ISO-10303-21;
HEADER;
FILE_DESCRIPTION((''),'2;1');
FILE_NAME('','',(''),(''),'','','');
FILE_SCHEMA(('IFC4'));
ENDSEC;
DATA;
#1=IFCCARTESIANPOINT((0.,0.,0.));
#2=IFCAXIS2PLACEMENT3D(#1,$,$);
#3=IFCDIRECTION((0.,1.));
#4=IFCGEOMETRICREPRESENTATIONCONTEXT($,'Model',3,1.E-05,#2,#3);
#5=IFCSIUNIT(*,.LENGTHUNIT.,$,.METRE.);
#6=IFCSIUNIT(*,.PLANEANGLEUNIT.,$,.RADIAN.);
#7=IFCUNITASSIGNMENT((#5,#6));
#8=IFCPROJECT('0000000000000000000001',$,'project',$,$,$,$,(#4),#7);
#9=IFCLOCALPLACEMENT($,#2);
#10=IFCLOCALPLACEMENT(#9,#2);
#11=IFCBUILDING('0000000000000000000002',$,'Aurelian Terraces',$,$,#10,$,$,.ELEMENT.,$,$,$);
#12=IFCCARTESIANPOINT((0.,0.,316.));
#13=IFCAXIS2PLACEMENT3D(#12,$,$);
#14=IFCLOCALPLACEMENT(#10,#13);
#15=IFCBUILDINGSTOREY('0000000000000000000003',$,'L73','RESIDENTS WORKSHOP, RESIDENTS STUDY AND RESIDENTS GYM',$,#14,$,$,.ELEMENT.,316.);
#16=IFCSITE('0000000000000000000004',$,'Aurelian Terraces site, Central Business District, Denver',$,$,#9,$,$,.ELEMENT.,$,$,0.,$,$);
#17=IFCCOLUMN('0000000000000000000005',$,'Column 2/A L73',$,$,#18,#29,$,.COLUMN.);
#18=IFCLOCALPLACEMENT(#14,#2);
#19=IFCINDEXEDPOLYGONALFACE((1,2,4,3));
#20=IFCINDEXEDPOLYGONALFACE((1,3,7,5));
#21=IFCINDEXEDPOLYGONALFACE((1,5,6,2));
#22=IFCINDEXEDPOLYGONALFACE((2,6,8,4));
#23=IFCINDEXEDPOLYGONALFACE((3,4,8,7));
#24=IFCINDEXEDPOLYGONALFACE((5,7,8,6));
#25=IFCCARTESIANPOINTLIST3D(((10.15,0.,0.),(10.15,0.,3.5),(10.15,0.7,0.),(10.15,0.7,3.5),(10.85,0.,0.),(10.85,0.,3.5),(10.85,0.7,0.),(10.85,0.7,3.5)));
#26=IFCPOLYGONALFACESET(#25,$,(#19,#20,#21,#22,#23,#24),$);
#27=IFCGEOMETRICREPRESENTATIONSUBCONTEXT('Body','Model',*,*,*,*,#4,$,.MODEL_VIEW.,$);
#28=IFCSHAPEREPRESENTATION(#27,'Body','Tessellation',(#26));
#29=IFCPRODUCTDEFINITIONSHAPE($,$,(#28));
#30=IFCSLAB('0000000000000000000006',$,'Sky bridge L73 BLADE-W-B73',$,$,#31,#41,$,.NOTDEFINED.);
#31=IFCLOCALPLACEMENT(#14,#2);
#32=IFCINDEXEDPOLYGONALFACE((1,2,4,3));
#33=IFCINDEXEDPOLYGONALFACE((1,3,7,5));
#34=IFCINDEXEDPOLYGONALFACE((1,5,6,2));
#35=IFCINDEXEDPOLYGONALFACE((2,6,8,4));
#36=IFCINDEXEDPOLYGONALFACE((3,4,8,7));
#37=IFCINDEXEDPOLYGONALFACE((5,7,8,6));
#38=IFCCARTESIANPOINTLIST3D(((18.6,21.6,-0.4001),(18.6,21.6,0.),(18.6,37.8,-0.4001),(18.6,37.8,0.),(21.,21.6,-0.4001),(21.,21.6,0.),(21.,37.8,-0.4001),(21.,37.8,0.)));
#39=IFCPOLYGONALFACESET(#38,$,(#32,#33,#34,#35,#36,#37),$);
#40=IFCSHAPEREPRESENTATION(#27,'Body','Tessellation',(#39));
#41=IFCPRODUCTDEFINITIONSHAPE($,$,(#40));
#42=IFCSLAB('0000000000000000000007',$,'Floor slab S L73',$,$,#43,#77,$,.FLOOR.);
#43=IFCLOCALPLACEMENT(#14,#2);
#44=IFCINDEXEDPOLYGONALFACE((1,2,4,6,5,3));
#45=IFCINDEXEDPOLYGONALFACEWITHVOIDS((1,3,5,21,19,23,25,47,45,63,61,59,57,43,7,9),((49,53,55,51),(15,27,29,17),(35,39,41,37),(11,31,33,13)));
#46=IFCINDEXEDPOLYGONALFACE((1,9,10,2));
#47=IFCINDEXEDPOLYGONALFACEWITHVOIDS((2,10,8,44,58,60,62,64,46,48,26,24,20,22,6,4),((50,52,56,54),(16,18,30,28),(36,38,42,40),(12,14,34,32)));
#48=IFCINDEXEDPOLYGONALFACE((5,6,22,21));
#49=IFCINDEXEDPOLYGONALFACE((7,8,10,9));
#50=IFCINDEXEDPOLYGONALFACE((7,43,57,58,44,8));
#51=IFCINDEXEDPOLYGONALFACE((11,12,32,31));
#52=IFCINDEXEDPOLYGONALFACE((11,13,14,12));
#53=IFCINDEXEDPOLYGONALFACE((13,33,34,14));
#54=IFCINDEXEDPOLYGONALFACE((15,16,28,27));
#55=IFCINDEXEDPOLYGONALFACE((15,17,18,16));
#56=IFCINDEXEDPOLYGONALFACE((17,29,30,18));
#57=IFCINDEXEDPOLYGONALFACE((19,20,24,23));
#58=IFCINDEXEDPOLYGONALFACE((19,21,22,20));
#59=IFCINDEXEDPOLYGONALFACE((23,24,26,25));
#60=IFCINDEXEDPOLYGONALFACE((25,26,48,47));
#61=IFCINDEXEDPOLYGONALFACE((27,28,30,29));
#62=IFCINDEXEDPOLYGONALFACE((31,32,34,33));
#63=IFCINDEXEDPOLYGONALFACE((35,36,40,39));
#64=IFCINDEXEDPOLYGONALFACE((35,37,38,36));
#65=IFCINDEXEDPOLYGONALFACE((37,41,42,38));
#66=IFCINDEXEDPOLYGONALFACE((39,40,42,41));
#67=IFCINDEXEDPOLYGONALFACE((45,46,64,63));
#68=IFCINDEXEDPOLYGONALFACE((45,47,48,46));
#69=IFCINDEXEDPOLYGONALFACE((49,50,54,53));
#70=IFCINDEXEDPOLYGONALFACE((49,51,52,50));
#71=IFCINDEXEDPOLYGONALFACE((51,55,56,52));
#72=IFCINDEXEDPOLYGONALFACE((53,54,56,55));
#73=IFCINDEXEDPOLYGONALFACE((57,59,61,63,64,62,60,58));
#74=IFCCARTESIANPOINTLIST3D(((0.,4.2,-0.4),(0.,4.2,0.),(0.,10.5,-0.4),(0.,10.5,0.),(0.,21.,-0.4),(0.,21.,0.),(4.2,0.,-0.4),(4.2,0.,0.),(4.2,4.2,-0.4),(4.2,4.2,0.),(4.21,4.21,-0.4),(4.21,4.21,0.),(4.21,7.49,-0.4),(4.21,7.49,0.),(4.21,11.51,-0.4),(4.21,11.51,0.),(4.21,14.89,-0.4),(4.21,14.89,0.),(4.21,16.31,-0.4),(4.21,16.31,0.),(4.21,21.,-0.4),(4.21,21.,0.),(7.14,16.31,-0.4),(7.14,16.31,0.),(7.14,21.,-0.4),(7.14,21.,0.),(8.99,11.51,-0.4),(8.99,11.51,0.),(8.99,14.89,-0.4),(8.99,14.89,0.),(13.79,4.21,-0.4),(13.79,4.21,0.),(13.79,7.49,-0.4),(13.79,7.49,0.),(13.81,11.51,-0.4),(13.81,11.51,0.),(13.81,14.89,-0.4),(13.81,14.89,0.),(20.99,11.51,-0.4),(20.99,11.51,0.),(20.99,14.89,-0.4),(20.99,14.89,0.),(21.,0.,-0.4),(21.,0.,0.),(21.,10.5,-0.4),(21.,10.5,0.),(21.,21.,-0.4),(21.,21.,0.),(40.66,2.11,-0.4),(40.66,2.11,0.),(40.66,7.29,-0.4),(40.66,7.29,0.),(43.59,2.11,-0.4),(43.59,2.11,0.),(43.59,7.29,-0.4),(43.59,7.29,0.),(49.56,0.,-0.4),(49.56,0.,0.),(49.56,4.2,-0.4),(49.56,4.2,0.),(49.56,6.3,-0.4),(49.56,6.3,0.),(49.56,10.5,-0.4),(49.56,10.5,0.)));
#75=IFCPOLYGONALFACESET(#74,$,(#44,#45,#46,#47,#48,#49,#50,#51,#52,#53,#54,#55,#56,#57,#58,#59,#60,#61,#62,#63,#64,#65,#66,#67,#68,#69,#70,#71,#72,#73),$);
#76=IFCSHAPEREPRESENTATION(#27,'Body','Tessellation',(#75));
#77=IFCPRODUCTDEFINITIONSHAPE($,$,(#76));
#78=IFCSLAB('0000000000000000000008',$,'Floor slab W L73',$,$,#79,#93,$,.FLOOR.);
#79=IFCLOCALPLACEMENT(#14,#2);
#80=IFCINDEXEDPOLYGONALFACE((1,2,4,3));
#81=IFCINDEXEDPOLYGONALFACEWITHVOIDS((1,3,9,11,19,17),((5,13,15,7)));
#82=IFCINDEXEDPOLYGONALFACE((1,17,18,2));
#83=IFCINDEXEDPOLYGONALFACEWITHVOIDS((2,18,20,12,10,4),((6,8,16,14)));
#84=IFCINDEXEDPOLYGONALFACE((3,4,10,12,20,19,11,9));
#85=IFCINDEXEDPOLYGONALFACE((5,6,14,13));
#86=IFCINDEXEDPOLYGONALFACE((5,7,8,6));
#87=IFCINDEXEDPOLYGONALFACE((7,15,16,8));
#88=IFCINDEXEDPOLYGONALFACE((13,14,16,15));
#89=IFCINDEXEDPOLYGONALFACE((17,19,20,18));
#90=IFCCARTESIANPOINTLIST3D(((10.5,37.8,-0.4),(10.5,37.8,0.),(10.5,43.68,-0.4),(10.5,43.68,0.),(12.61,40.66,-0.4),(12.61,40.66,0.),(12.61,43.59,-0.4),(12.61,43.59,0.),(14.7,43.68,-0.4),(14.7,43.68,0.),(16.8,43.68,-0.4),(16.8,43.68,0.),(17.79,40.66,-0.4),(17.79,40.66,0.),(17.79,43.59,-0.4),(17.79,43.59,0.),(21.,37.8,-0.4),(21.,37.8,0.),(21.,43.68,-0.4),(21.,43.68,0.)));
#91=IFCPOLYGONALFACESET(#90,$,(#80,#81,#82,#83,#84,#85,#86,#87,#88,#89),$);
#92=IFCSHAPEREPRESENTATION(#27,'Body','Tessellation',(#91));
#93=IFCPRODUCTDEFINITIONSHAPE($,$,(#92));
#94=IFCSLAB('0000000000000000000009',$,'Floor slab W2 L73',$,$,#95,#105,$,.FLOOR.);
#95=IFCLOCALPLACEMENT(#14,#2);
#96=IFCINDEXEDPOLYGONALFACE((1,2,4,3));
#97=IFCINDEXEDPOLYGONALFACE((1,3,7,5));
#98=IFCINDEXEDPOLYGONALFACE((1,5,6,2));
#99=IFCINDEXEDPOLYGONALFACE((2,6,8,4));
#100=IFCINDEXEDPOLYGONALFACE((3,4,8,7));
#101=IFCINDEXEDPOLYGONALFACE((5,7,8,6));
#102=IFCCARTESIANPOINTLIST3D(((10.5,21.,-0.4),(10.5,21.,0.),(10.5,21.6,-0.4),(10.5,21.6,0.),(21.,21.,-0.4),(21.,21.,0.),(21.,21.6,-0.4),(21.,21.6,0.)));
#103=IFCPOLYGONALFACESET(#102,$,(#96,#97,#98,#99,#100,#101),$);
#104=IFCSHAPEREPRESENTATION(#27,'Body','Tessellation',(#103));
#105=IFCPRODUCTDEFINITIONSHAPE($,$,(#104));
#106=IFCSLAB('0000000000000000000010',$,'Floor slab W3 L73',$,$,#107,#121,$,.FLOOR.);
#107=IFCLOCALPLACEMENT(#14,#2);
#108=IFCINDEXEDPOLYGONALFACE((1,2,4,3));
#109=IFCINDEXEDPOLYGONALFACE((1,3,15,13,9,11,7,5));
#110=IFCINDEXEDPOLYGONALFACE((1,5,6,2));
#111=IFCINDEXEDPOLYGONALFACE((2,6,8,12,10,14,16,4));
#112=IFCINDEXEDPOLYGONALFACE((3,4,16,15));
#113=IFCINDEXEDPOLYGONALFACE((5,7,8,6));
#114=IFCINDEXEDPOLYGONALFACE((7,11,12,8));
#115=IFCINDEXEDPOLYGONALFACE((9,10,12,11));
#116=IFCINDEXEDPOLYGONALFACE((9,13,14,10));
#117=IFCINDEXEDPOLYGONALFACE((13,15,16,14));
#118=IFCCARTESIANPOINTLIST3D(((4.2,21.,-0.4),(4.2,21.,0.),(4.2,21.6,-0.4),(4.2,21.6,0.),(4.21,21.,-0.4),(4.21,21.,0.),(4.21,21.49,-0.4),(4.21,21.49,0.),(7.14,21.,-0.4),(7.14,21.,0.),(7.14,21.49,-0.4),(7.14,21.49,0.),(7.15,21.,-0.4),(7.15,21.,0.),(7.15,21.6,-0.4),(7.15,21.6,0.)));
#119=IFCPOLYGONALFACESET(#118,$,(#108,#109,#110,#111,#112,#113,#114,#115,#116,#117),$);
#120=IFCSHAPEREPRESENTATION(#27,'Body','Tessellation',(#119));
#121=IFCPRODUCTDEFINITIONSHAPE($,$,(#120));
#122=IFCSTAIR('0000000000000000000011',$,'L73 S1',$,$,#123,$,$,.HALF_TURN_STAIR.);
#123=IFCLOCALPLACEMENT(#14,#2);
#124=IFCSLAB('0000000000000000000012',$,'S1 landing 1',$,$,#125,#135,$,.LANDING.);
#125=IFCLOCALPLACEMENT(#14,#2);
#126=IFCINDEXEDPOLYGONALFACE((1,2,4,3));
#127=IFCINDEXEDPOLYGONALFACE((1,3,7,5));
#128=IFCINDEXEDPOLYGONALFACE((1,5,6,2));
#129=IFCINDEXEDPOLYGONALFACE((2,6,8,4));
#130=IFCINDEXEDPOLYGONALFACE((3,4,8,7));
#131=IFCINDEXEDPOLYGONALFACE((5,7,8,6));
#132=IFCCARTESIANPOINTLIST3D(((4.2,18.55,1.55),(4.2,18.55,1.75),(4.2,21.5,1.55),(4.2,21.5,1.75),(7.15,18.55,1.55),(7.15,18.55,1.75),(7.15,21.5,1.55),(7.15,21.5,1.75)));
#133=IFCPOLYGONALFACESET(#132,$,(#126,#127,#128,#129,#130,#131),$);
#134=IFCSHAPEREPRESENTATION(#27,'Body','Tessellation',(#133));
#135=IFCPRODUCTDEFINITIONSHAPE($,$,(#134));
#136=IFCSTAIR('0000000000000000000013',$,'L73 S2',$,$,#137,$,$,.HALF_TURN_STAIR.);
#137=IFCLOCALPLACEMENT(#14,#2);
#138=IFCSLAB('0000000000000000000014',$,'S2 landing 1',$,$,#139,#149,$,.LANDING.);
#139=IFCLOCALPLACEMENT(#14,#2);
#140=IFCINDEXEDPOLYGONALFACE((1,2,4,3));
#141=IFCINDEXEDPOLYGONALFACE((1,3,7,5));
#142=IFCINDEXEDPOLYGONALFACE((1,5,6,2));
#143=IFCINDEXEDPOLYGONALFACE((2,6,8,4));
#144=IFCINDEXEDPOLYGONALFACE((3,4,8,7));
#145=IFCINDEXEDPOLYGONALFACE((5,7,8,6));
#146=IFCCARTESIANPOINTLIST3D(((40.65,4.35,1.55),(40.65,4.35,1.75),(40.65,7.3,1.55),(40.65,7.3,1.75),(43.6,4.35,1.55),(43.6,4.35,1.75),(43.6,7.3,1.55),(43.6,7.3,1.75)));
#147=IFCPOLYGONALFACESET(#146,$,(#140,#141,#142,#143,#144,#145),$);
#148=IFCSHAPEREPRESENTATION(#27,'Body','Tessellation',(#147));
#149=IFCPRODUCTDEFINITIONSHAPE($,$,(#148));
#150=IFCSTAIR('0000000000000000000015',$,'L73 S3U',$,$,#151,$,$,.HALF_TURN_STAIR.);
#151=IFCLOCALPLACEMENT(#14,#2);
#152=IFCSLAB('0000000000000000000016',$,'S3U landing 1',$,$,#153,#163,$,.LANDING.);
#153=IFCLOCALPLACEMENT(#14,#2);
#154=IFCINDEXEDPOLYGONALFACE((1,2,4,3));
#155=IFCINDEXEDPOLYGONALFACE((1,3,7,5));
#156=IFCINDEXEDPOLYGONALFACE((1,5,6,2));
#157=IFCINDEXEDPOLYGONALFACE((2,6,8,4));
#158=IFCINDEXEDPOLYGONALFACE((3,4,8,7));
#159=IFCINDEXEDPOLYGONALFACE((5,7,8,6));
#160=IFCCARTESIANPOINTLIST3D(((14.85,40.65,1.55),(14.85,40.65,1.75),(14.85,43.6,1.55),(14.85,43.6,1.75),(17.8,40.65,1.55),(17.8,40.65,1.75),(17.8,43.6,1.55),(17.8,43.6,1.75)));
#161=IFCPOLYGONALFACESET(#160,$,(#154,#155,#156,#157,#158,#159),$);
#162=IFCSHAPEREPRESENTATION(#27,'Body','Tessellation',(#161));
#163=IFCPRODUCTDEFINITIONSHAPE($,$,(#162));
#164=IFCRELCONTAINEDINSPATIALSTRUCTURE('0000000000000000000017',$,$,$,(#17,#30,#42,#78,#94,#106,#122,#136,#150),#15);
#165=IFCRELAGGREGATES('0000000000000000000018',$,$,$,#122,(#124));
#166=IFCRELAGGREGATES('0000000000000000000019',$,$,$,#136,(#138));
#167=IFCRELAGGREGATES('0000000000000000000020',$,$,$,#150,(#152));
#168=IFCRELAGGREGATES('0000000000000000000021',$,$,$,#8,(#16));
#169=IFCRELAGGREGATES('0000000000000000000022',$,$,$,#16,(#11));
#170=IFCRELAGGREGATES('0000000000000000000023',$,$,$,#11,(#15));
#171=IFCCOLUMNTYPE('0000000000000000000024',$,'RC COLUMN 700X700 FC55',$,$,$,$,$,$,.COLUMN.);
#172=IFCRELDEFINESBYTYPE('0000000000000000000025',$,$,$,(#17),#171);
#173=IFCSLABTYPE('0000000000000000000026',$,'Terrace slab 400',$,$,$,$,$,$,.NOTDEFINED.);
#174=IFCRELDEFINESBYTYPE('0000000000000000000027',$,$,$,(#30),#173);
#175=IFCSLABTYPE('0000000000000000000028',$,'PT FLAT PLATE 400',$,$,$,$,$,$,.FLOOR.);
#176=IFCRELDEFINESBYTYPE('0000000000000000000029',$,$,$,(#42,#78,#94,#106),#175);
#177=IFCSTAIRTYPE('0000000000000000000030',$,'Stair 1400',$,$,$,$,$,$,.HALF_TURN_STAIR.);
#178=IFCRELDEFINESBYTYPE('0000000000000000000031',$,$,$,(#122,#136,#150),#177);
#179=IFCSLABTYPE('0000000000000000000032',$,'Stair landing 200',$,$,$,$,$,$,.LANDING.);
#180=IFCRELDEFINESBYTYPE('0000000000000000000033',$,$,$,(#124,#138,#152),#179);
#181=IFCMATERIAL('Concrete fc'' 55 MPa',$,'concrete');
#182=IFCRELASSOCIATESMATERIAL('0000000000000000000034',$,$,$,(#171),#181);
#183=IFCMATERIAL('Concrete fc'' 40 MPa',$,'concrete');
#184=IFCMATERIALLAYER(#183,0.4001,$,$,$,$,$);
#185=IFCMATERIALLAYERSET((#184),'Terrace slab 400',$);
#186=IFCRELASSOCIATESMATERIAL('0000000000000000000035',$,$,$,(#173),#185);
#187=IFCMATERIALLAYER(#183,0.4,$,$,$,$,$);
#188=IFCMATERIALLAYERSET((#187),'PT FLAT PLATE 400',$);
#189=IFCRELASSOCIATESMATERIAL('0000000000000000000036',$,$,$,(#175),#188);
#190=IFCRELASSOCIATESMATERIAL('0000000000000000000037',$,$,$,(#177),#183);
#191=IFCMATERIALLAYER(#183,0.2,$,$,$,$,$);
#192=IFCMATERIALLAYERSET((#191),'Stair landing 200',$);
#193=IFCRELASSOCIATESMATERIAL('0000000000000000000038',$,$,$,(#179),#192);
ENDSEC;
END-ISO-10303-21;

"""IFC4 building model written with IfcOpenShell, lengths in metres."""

from ifc_helpers import new_model, si_unit, direction, frame, origin, origin_2d, place, context, subcontext, project, spatial, polyline, rectangle, outline, extrude, source, transform, mapped, material, layer, layer_set, material_profile, profile_set, type_object, element, aggregate, save


model = new_model("IFC4")

# Units and contexts
model_context = context("Model", 3, precision=1e-05, world=origin(), true_north=direction((0.0, 1.0)))
body_context = subcontext(model_context, "Body", "Model", "MODEL_VIEW")
ifc_project = project(units=[si_unit("LENGTHUNIT", "METRE"), si_unit("PLANEANGLEUNIT", "RADIAN")], contexts=[model_context])

# Site, building, storey
site_placement = place(None, origin())
site = spatial("IfcSite", under=ifc_project, at=site_placement, Name="Aurelian Terraces site, Central Business District, Denver", CompositionType="ELEMENT", RefElevation=0.0)
building_placement = place(site_placement, origin())
building = spatial("IfcBuilding", under=site, at=building_placement, Name="Aurelian Terraces", CompositionType="ELEMENT")
storey_placement = place(building_placement, frame((0.0, 0.0, 316.0)))
storey = spatial("IfcBuildingStorey", under=building, at=storey_placement, Name="L73", Description="RESIDENTS WORKSHOP, RESIDENTS STUDY AND RESIDENTS GYM", CompositionType="ELEMENT", Elevation=316.0)

# Column
ifc_material_1 = material(Name="Concrete fc' 55 MPa", Category="concrete")
ifc_material_profile = material_profile(ifc_material_1, rectangle(XDim=0.7, YDim=0.7, at=origin_2d()))
ifc_profile_set = profile_set([ifc_material_profile], Name="Concrete fc' 55 MPa")
column_type = type_object("IfcColumnType", Name="RC COLUMN 700X700 FC55", PredefinedType="COLUMN", material=ifc_profile_set)
shared_shape_1 = source(origin(), body_context, "Body", "SweptSolid", [
    extrude(rectangle(XDim=0.7, YDim=0.7, at=origin_2d()), origin(), (0.0, 0.0, 1.0), 3.5),
])
column_placement = place(storey_placement, frame((10.5, 0.35, 0.0), z_axis=(0.0, 0.0, 1.0), x_axis=(1.0, 0.0, 0.0)))
element("IfcColumn", 1, at=column_placement, inside=storey, type_object=column_type, Name="Column 2/A L73", PredefinedType="COLUMN", context=body_context, shape_type="MappedRepresentation", body=[
    mapped(shared_shape_1, transform((0.0, 0.0, 0.0), scale=1.0)),
])

# Slabs
ifc_material_2 = material(Name="Concrete fc' 40 MPa", Category="concrete")
ifc_layer_1 = layer(ifc_material_2, 0.4001)
ifc_layer_set_1 = layer_set([ifc_layer_1], Name="Terrace slab 400")
slab_type_1 = type_object("IfcSlabType", Name="Terrace slab 400", PredefinedType="NOTDEFINED", material=ifc_layer_set_1)
slab_1_placement = place(storey_placement, frame((0.0, 0.0, -0.4001)))
element("IfcSlab", 2, at=slab_1_placement, inside=storey, type_object=slab_type_1, Name="Sky bridge L73 BLADE-W-B73", PredefinedType="NOTDEFINED", context=body_context, shape_type="SweptSolid", body=[
    extrude(outline(polyline([(21.0, 21.6), (18.6, 21.6), (18.6, 37.8), (21.0, 37.8), (21.0, 21.6)])), origin(), (0.0, 0.0, 1.0), 0.4001),
])
ifc_layer_2 = layer(ifc_material_2, 0.4)
ifc_layer_set_2 = layer_set([ifc_layer_2], Name="PT FLAT PLATE 400")
slab_type_2 = type_object("IfcSlabType", Name="PT FLAT PLATE 400", PredefinedType="FLOOR", material=ifc_layer_set_2)
shared_shape_2 = source(origin(), body_context, "Body", "SweptSolid", [
    extrude(outline(polyline([(21.0, 0.0), (4.2, 0.0), (4.2, 4.2), (0.0, 4.2), (0.0, 10.5), (0.0, 21.0), (4.21, 21.0), (4.21, 16.31), (7.14, 16.31), (7.14, 21.0), (21.0, 21.0), (21.0, 10.5), (49.56, 10.5), (49.56, 6.3), (49.56, 4.2), (49.56, 0.0), (21.0, 0.0)]), holes=[polyline([(40.66, 2.11), (43.59, 2.11), (43.59, 7.29), (40.66, 7.29), (40.66, 2.11)]), polyline([(13.81, 14.89), (13.81, 11.51), (20.99, 11.51), (20.99, 14.89), (13.81, 14.89)]), polyline([(4.21, 7.49), (4.21, 4.21), (13.79, 4.21), (13.79, 7.49), (4.21, 7.49)]), polyline([(8.99, 11.51), (8.99, 14.89), (4.21, 14.89), (4.21, 11.51), (8.99, 11.51)])]), origin(), (0.0, 0.0, 1.0), 0.4),
])
slab_2_placement = place(storey_placement, frame((0.0, 0.0, -0.4)))
element("IfcSlab", 3, at=slab_2_placement, inside=storey, type_object=slab_type_2, Name="Floor slab S L73", PredefinedType="FLOOR", context=body_context, shape_type="MappedRepresentation", body=[
    mapped(shared_shape_2, transform((0.0, 0.0, 0.0), scale=1.0)),
])
shared_shape_3 = source(origin(), body_context, "Body", "SweptSolid", [
    extrude(outline(polyline([(14.7, 43.68), (16.8, 43.68), (21.0, 43.68), (21.0, 37.8), (10.5, 37.8), (10.5, 43.68), (14.7, 43.68)]), holes=[polyline([(17.79, 43.59), (12.61, 43.59), (12.61, 40.66), (17.79, 40.66), (17.79, 43.59)])]), origin(), (0.0, 0.0, 1.0), 0.4),
])
slab_3_placement = place(storey_placement, frame((0.0, 0.0, -0.4)))
element("IfcSlab", 4, at=slab_3_placement, inside=storey, type_object=slab_type_2, Name="Floor slab W L73", PredefinedType="FLOOR", context=body_context, shape_type="MappedRepresentation", body=[
    mapped(shared_shape_3, transform((0.0, 0.0, 0.0), scale=1.0)),
])
shared_shape_4 = source(origin(), body_context, "Body", "SweptSolid", [
    extrude(outline(polyline([(21.0, 21.6), (21.0, 21.0), (10.5, 21.0), (10.5, 21.6), (21.0, 21.6)])), origin(), (0.0, 0.0, 1.0), 0.4),
])
slab_4_placement = place(storey_placement, frame((0.0, 0.0, -0.4)))
element("IfcSlab", 5, at=slab_4_placement, inside=storey, type_object=slab_type_2, Name="Floor slab W2 L73", PredefinedType="FLOOR", context=body_context, shape_type="MappedRepresentation", body=[
    mapped(shared_shape_4, transform((0.0, 0.0, 0.0), scale=1.0)),
])
shared_shape_5 = source(origin(), body_context, "Body", "SweptSolid", [
    extrude(outline(polyline([(4.2, 21.6), (7.15, 21.6), (7.15, 21.0), (7.14, 21.0), (7.14, 21.49), (4.21, 21.49), (4.21, 21.0), (4.2, 21.0), (4.2, 21.6)])), origin(), (0.0, 0.0, 1.0), 0.4),
])
slab_5_placement = place(storey_placement, frame((0.0, 0.0, -0.4)))
element("IfcSlab", 6, at=slab_5_placement, inside=storey, type_object=slab_type_2, Name="Floor slab W3 L73", PredefinedType="FLOOR", context=body_context, shape_type="MappedRepresentation", body=[
    mapped(shared_shape_5, transform((0.0, 0.0, 0.0), scale=1.0)),
])

# Stairs, slabs
stair_type = type_object("IfcStairType", Name="Stair 1400", PredefinedType="HALF_TURN_STAIR", material=ifc_material_2)
stair_1_placement = place(storey_placement, origin())
stair_1 = element("IfcStair", 7, at=stair_1_placement, inside=storey, type_object=stair_type, Name="L73 S1", PredefinedType="HALF_TURN_STAIR")
ifc_layer_3 = layer(ifc_material_2, 0.2)
ifc_layer_set_3 = layer_set([ifc_layer_3], Name="Stair landing 200")
slab_type_3 = type_object("IfcSlabType", Name="Stair landing 200", PredefinedType="LANDING", material=ifc_layer_set_3)
shared_shape_6 = source(origin(), body_context, "Body", "SweptSolid", [
    extrude(outline(polyline([(7.15, 18.55), (7.15, 21.5), (4.2, 21.5), (4.2, 18.55), (7.15, 18.55)])), origin(), (0.0, 0.0, 1.0), 0.2),
])
slab_6_placement = place(storey_placement, frame((0.0, 0.0, 1.55)))
slab_6 = element("IfcSlab", 8, at=slab_6_placement, type_object=slab_type_3, Name="S1 landing 1", PredefinedType="LANDING", context=body_context, shape_type="MappedRepresentation", body=[
    mapped(shared_shape_6, transform((0.0, 0.0, 0.0), scale=1.0)),
])
aggregate(stair_1, [slab_6])
stair_2_placement = place(storey_placement, origin())
stair_2 = element("IfcStair", 9, at=stair_2_placement, inside=storey, type_object=stair_type, Name="L73 S2", PredefinedType="HALF_TURN_STAIR")
shared_shape_7 = source(origin(), body_context, "Body", "SweptSolid", [
    extrude(outline(polyline([(43.6, 4.35), (43.6, 7.3), (40.65, 7.3), (40.65, 4.35), (43.6, 4.35)])), origin(), (0.0, 0.0, 1.0), 0.2),
])
slab_7_placement = place(storey_placement, frame((0.0, 0.0, 1.55)))
slab_7 = element("IfcSlab", 10, at=slab_7_placement, type_object=slab_type_3, Name="S2 landing 1", PredefinedType="LANDING", context=body_context, shape_type="MappedRepresentation", body=[
    mapped(shared_shape_7, transform((0.0, 0.0, 0.0), scale=1.0)),
])
aggregate(stair_2, [slab_7])
stair_3_placement = place(storey_placement, origin())
stair_3 = element("IfcStair", 11, at=stair_3_placement, inside=storey, type_object=stair_type, Name="L73 S3U", PredefinedType="HALF_TURN_STAIR")
shared_shape_8 = source(origin(), body_context, "Body", "SweptSolid", [
    extrude(outline(polyline([(14.85, 40.65), (17.8, 40.65), (17.8, 43.6), (14.85, 43.6), (14.85, 40.65)])), origin(), (0.0, 0.0, 1.0), 0.2),
])
slab_8_placement = place(storey_placement, frame((0.0, 0.0, 1.55)))
slab_8 = element("IfcSlab", 12, at=slab_8_placement, type_object=slab_type_3, Name="S3U landing 1", PredefinedType="LANDING", context=body_context, shape_type="MappedRepresentation", body=[
    mapped(shared_shape_8, transform((0.0, 0.0, 0.0), scale=1.0)),
])
aggregate(stair_3, [slab_8])

save(model, "model.ifc")
